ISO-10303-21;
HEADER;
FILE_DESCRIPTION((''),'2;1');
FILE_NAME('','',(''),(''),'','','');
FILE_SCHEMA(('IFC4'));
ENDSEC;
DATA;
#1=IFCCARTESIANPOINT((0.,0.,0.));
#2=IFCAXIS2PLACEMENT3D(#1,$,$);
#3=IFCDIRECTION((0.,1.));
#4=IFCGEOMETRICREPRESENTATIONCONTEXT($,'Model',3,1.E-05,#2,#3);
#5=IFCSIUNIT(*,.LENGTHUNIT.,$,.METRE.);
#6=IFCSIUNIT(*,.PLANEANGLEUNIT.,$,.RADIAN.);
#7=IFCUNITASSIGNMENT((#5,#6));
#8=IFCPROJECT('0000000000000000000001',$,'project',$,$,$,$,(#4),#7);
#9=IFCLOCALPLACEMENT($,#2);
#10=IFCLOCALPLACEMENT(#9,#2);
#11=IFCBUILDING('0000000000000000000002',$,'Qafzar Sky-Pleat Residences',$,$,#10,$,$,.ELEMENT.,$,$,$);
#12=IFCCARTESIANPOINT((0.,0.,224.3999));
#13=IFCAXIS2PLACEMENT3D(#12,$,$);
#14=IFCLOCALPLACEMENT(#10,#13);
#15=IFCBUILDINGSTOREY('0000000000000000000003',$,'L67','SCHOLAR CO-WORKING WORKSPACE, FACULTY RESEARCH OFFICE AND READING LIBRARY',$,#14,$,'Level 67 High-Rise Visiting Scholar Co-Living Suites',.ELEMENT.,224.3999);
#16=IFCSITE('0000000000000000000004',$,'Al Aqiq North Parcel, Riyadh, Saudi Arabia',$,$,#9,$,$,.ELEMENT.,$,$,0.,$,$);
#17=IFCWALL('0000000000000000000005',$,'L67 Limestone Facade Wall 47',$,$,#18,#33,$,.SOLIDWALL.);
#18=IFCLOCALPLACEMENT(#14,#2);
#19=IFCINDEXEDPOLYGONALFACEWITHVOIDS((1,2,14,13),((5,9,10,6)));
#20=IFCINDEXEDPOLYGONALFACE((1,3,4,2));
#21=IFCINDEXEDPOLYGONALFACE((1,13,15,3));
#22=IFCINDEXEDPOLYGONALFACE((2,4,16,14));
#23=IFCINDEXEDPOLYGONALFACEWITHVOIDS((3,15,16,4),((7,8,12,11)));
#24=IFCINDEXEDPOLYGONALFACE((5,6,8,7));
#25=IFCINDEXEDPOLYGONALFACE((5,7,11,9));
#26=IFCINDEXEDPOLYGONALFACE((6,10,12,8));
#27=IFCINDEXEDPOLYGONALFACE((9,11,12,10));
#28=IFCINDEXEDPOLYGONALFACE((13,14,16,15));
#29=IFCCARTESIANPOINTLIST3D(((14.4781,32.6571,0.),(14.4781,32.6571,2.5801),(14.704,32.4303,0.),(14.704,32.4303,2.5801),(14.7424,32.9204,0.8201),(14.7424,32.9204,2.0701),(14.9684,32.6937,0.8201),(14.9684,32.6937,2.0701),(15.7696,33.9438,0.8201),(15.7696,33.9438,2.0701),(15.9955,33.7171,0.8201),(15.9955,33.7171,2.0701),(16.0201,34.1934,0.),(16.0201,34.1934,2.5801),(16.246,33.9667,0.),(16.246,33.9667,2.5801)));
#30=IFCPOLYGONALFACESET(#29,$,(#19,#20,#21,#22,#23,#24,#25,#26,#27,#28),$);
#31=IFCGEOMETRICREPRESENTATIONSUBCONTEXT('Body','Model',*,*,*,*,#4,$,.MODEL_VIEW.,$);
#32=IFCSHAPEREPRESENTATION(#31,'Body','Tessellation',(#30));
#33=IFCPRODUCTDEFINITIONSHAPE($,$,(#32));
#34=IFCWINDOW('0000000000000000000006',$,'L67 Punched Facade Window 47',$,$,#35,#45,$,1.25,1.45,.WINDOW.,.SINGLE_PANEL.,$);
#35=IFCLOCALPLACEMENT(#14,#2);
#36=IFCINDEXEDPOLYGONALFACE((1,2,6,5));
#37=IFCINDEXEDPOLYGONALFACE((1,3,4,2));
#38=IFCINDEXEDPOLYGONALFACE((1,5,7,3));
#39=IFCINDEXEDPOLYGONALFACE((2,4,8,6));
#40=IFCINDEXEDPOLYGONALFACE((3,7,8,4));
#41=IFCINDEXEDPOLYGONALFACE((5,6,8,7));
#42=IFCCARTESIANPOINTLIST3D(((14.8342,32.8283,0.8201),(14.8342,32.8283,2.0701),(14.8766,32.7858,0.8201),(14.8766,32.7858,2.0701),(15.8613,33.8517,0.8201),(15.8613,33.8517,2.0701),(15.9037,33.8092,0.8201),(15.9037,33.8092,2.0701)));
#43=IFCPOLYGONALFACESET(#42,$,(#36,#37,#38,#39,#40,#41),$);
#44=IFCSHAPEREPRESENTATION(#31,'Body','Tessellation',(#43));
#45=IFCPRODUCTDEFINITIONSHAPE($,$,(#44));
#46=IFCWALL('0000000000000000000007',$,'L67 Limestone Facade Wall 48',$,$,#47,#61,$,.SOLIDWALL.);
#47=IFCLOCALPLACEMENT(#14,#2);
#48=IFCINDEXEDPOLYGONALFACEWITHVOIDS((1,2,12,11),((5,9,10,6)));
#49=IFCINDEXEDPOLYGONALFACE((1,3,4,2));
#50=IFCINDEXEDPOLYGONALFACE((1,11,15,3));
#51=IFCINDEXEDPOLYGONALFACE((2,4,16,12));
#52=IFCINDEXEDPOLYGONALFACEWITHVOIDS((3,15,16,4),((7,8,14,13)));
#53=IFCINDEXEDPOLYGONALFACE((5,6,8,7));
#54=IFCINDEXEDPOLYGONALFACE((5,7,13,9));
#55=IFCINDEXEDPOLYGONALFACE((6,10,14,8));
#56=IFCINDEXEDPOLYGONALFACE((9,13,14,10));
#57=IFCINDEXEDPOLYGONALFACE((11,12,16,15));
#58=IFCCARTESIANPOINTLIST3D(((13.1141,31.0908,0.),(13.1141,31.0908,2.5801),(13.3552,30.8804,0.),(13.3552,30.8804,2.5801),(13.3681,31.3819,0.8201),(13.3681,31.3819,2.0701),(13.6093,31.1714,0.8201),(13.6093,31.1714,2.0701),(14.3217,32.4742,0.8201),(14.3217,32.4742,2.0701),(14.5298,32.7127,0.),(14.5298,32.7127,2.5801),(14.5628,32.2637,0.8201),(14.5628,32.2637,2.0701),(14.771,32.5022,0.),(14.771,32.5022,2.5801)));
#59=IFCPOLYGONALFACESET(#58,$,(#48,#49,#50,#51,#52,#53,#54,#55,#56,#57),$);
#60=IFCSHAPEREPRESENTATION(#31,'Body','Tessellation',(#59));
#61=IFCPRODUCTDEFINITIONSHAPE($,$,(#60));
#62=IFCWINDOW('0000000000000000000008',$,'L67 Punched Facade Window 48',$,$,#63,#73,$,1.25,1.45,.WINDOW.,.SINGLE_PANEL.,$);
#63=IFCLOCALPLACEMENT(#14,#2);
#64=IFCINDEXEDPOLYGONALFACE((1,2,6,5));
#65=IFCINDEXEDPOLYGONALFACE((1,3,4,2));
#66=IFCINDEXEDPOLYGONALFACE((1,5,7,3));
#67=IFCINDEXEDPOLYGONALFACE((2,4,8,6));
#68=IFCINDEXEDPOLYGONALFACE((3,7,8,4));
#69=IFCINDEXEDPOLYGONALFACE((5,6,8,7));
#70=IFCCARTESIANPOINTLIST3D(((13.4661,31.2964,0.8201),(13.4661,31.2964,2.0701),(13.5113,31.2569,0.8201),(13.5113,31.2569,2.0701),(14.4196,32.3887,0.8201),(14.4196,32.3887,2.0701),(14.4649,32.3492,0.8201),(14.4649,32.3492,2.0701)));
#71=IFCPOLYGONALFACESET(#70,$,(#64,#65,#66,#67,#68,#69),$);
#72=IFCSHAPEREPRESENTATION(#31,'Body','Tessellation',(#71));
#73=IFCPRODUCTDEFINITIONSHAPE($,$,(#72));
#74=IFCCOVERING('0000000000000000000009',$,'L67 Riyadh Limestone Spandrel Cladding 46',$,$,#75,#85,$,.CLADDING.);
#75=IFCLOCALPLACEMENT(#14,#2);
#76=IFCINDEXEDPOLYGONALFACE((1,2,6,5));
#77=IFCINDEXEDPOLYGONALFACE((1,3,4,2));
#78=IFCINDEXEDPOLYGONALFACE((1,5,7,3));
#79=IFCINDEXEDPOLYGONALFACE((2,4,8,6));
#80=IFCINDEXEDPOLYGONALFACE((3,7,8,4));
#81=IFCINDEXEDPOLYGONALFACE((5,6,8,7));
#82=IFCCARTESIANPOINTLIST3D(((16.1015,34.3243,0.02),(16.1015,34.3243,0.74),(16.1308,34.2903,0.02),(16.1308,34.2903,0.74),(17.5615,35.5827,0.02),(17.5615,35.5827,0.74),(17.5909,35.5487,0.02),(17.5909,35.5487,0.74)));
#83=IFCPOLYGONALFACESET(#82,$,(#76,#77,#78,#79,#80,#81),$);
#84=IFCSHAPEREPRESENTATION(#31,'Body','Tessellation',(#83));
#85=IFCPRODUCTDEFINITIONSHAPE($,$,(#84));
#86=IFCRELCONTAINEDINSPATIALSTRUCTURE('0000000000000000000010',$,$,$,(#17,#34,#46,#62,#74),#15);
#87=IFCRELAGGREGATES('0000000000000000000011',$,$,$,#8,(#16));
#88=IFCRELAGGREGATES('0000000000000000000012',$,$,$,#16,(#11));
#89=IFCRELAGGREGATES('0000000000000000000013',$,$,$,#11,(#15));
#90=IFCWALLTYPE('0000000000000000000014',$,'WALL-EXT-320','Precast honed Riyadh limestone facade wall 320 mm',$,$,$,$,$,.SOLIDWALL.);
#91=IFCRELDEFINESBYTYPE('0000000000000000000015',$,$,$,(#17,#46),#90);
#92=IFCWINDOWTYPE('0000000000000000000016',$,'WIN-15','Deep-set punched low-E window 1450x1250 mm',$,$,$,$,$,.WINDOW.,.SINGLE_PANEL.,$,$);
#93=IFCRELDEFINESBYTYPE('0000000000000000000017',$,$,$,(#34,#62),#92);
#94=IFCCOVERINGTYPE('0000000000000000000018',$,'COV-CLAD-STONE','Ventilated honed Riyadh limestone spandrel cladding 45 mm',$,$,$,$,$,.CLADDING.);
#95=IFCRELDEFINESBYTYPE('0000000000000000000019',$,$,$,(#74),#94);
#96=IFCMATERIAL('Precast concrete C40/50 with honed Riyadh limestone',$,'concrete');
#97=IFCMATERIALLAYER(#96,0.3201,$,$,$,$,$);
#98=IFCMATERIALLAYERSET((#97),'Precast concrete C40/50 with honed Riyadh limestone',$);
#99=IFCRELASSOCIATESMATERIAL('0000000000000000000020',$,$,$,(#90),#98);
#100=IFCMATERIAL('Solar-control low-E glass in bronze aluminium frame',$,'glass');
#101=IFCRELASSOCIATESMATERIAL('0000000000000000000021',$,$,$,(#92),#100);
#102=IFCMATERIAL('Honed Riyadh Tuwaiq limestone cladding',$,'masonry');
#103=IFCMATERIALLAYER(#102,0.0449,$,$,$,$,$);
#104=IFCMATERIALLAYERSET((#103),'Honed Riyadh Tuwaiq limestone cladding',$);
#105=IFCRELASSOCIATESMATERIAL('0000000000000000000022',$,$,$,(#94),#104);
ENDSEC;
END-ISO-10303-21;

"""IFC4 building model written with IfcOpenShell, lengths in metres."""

from ifc_helpers import new_model, si_unit, direction, frame, frame_2d, origin, origin_2d, place, context, subcontext, project, spatial, rectangle, extrude, source, transform, mapped, material, layer, layer_set, type_object, element, fill, save


model = new_model("IFC4")

# Units and contexts
model_context = context("Model", 3, precision=1e-05, world=origin(), true_north=direction((0.0, 1.0)))
body_context = subcontext(model_context, "Body", "Model", "MODEL_VIEW")
ifc_project = project(units=[si_unit("LENGTHUNIT", "METRE"), si_unit("PLANEANGLEUNIT", "RADIAN")], contexts=[model_context])

# Site, building, storey
site_placement = place(None, origin())
site = spatial("IfcSite", under=ifc_project, at=site_placement, Name="Al Aqiq North Parcel, Riyadh, Saudi Arabia", CompositionType="ELEMENT", RefElevation=0.0)
building_placement = place(site_placement, origin())
building = spatial("IfcBuilding", under=site, at=building_placement, Name="Qafzar Sky-Pleat Residences", CompositionType="ELEMENT")
storey_placement = place(building_placement, frame((0.0, 0.0, 224.3999)))
storey = spatial("IfcBuildingStorey", under=building, at=storey_placement, Name="L67", Description="SCHOLAR CO-WORKING WORKSPACE, FACULTY RESEARCH OFFICE AND READING LIBRARY", LongName="Level 67 High-Rise Visiting Scholar Co-Living Suites", CompositionType="ELEMENT", Elevation=224.3999)

# Walls, openings, windows
ifc_material_1 = material(Name="Precast concrete C40/50 with honed Riyadh limestone", Category="concrete")
ifc_layer_1 = layer(ifc_material_1, 0.3201)
ifc_layer_set_1 = layer_set([ifc_layer_1], Name="Precast concrete C40/50 with honed Riyadh limestone")
wall_type_1 = type_object("IfcWallType", Name="WALL-EXT-320", Description="Precast honed Riyadh limestone facade wall 320 mm", PredefinedType="SOLIDWALL", material=ifc_layer_set_1)
ifc_material_2 = material(Name="Solar-control low-E glass in bronze aluminium frame", Category="glass")
window_type_1 = type_object("IfcWindowType", Name="WIN-15", Description="Deep-set punched low-E window 1450x1250 mm", PartitioningType="SINGLE_PANEL", PredefinedType="WINDOW", material=ifc_material_2)
shared_shape_1 = source(origin(), body_context, "Body", "SweptSolid", [
    extrude(rectangle(XDim=1.45, YDim=1.25, at=frame_2d((0.7251, 0.625))), frame((0.0, 0.03, 0.0), z_axis=(0.0, -1.0, 0.0), x_axis=(1.0, 0.0, 0.0)), (0.0, 0.0, 1.0), 0.0601),
])
wall_1_placement = place(storey_placement, frame((16.1331, 34.0801, 0.0), z_axis=(0.0, 0.0, 1.0), x_axis=(-0.708395, -0.705816, 0.0)))
wall_1 = element("IfcWall", 1, at=wall_1_placement, inside=storey, type_object=wall_type_1, Name="L67 Limestone Facade Wall 47", PredefinedType="SOLIDWALL", context=body_context, shape_type="SweptSolid", body=[
    extrude(rectangle(XDim=2.1768, YDim=0.3201, at=frame_2d((1.0884, 0.0))), origin(), (0.0, 0.0, 1.0), 2.5801),
])
opening_1_placement = place(wall_1_placement, frame((0.3535, 0.0, 0.8201)))
opening_1 = element("IfcOpeningElement", 2, at=opening_1_placement, cuts=wall_1, PredefinedType="OPENING", context=body_context, shape_type="SweptSolid", body=[
    extrude(rectangle(XDim=1.45, YDim=1.25, at=frame_2d((0.7251, 0.625))), frame((0.0, 0.1699, 0.0), z_axis=(0.0, -1.0, 0.0), x_axis=(1.0, 0.0, 0.0)), (0.0, 0.0, 1.0), 0.3401),
])
window_1_placement = place(opening_1_placement, origin())
window_1 = element("IfcWindow", 3, at=window_1_placement, inside=storey, type_object=window_type_1, Name="L67 Punched Facade Window 47", OverallHeight=1.25, OverallWidth=1.45, PartitioningType="SINGLE_PANEL", PredefinedType="WINDOW", context=body_context, shape_type="MappedRepresentation", body=[
    mapped(shared_shape_1, transform((0.0, 0.0, 0.0), x_axis=(1.0, 0.0, 0.0), y_axis=(0.0, 1.0, 0.0), z_axis=(0.0, 0.0, 1.0), scale=1.0)),
])
fill(opening_1, window_1)
wall_2_placement = place(storey_placement, frame((14.6504, 32.6074, 0.0), z_axis=(0.0, 0.0, 1.0), x_axis=(-0.657629, -0.753342, 0.0)))
wall_2 = element("IfcWall", 4, at=wall_2_placement, inside=storey, type_object=wall_type_1, Name="L67 Limestone Facade Wall 48", PredefinedType="SOLIDWALL", context=body_context, shape_type="SweptSolid", body=[
    extrude(rectangle(XDim=2.1528, YDim=0.3201, at=frame_2d((1.0764, 0.0))), origin(), (0.0, 0.0, 1.0), 2.5801),
])
opening_2_placement = place(wall_2_placement, frame((0.3164, 0.0, 0.8201)))
opening_2 = element("IfcOpeningElement", 5, at=opening_2_placement, cuts=wall_2, PredefinedType="OPENING", context=body_context, shape_type="SweptSolid", body=[
    extrude(rectangle(XDim=1.45, YDim=1.25, at=frame_2d((0.7251, 0.625))), frame((0.0, 0.1699, 0.0), z_axis=(0.0, -1.0, 0.0), x_axis=(1.0, 0.0, 0.0)), (0.0, 0.0, 1.0), 0.3401),
])
window_2_placement = place(opening_2_placement, origin())
window_2 = element("IfcWindow", 6, at=window_2_placement, inside=storey, type_object=window_type_1, Name="L67 Punched Facade Window 48", OverallHeight=1.25, OverallWidth=1.45, PartitioningType="SINGLE_PANEL", PredefinedType="WINDOW", context=body_context, shape_type="MappedRepresentation", body=[
    mapped(shared_shape_1, transform((0.0, 0.0, 0.0), x_axis=(1.0, 0.0, 0.0), y_axis=(0.0, 1.0, 0.0), z_axis=(0.0, 0.0, 1.0), scale=1.0)),
])
fill(opening_2, window_2)

# Covering
ifc_material_3 = material(Name="Honed Riyadh Tuwaiq limestone cladding", Category="masonry")
ifc_layer_2 = layer(ifc_material_3, 0.0449)
ifc_layer_set_2 = layer_set([ifc_layer_2], Name="Honed Riyadh Tuwaiq limestone cladding")
covering_type = type_object("IfcCoveringType", Name="COV-CLAD-STONE", Description="Ventilated honed Riyadh limestone spandrel cladding 45 mm", PredefinedType="CLADDING", material=ifc_layer_set_2)
shared_shape_2 = source(origin(), body_context, "Body", "SweptSolid", [
    extrude(rectangle(XDim=1.9275, YDim=0.0449, at=origin_2d()), origin(), (0.0, 0.0, 1.0), 0.72),
])
covering_placement = place(storey_placement, frame((16.8462, 34.9365, 0.02), z_axis=(0.0, 0.0, 1.0), x_axis=(-0.75747, -0.652869, 0.0)))
element("IfcCovering", 7, at=covering_placement, inside=storey, type_object=covering_type, Name="L67 Riyadh Limestone Spandrel Cladding 46", PredefinedType="CLADDING", context=body_context, shape_type="MappedRepresentation", body=[
    mapped(shared_shape_2, transform((0.0, 0.0, 0.0), x_axis=(1.0, 0.0, 0.0), y_axis=(0.0, 1.0, 0.0), z_axis=(0.0, 0.0, 1.0), scale=1.0)),
])

save(model, "model.ifc")
